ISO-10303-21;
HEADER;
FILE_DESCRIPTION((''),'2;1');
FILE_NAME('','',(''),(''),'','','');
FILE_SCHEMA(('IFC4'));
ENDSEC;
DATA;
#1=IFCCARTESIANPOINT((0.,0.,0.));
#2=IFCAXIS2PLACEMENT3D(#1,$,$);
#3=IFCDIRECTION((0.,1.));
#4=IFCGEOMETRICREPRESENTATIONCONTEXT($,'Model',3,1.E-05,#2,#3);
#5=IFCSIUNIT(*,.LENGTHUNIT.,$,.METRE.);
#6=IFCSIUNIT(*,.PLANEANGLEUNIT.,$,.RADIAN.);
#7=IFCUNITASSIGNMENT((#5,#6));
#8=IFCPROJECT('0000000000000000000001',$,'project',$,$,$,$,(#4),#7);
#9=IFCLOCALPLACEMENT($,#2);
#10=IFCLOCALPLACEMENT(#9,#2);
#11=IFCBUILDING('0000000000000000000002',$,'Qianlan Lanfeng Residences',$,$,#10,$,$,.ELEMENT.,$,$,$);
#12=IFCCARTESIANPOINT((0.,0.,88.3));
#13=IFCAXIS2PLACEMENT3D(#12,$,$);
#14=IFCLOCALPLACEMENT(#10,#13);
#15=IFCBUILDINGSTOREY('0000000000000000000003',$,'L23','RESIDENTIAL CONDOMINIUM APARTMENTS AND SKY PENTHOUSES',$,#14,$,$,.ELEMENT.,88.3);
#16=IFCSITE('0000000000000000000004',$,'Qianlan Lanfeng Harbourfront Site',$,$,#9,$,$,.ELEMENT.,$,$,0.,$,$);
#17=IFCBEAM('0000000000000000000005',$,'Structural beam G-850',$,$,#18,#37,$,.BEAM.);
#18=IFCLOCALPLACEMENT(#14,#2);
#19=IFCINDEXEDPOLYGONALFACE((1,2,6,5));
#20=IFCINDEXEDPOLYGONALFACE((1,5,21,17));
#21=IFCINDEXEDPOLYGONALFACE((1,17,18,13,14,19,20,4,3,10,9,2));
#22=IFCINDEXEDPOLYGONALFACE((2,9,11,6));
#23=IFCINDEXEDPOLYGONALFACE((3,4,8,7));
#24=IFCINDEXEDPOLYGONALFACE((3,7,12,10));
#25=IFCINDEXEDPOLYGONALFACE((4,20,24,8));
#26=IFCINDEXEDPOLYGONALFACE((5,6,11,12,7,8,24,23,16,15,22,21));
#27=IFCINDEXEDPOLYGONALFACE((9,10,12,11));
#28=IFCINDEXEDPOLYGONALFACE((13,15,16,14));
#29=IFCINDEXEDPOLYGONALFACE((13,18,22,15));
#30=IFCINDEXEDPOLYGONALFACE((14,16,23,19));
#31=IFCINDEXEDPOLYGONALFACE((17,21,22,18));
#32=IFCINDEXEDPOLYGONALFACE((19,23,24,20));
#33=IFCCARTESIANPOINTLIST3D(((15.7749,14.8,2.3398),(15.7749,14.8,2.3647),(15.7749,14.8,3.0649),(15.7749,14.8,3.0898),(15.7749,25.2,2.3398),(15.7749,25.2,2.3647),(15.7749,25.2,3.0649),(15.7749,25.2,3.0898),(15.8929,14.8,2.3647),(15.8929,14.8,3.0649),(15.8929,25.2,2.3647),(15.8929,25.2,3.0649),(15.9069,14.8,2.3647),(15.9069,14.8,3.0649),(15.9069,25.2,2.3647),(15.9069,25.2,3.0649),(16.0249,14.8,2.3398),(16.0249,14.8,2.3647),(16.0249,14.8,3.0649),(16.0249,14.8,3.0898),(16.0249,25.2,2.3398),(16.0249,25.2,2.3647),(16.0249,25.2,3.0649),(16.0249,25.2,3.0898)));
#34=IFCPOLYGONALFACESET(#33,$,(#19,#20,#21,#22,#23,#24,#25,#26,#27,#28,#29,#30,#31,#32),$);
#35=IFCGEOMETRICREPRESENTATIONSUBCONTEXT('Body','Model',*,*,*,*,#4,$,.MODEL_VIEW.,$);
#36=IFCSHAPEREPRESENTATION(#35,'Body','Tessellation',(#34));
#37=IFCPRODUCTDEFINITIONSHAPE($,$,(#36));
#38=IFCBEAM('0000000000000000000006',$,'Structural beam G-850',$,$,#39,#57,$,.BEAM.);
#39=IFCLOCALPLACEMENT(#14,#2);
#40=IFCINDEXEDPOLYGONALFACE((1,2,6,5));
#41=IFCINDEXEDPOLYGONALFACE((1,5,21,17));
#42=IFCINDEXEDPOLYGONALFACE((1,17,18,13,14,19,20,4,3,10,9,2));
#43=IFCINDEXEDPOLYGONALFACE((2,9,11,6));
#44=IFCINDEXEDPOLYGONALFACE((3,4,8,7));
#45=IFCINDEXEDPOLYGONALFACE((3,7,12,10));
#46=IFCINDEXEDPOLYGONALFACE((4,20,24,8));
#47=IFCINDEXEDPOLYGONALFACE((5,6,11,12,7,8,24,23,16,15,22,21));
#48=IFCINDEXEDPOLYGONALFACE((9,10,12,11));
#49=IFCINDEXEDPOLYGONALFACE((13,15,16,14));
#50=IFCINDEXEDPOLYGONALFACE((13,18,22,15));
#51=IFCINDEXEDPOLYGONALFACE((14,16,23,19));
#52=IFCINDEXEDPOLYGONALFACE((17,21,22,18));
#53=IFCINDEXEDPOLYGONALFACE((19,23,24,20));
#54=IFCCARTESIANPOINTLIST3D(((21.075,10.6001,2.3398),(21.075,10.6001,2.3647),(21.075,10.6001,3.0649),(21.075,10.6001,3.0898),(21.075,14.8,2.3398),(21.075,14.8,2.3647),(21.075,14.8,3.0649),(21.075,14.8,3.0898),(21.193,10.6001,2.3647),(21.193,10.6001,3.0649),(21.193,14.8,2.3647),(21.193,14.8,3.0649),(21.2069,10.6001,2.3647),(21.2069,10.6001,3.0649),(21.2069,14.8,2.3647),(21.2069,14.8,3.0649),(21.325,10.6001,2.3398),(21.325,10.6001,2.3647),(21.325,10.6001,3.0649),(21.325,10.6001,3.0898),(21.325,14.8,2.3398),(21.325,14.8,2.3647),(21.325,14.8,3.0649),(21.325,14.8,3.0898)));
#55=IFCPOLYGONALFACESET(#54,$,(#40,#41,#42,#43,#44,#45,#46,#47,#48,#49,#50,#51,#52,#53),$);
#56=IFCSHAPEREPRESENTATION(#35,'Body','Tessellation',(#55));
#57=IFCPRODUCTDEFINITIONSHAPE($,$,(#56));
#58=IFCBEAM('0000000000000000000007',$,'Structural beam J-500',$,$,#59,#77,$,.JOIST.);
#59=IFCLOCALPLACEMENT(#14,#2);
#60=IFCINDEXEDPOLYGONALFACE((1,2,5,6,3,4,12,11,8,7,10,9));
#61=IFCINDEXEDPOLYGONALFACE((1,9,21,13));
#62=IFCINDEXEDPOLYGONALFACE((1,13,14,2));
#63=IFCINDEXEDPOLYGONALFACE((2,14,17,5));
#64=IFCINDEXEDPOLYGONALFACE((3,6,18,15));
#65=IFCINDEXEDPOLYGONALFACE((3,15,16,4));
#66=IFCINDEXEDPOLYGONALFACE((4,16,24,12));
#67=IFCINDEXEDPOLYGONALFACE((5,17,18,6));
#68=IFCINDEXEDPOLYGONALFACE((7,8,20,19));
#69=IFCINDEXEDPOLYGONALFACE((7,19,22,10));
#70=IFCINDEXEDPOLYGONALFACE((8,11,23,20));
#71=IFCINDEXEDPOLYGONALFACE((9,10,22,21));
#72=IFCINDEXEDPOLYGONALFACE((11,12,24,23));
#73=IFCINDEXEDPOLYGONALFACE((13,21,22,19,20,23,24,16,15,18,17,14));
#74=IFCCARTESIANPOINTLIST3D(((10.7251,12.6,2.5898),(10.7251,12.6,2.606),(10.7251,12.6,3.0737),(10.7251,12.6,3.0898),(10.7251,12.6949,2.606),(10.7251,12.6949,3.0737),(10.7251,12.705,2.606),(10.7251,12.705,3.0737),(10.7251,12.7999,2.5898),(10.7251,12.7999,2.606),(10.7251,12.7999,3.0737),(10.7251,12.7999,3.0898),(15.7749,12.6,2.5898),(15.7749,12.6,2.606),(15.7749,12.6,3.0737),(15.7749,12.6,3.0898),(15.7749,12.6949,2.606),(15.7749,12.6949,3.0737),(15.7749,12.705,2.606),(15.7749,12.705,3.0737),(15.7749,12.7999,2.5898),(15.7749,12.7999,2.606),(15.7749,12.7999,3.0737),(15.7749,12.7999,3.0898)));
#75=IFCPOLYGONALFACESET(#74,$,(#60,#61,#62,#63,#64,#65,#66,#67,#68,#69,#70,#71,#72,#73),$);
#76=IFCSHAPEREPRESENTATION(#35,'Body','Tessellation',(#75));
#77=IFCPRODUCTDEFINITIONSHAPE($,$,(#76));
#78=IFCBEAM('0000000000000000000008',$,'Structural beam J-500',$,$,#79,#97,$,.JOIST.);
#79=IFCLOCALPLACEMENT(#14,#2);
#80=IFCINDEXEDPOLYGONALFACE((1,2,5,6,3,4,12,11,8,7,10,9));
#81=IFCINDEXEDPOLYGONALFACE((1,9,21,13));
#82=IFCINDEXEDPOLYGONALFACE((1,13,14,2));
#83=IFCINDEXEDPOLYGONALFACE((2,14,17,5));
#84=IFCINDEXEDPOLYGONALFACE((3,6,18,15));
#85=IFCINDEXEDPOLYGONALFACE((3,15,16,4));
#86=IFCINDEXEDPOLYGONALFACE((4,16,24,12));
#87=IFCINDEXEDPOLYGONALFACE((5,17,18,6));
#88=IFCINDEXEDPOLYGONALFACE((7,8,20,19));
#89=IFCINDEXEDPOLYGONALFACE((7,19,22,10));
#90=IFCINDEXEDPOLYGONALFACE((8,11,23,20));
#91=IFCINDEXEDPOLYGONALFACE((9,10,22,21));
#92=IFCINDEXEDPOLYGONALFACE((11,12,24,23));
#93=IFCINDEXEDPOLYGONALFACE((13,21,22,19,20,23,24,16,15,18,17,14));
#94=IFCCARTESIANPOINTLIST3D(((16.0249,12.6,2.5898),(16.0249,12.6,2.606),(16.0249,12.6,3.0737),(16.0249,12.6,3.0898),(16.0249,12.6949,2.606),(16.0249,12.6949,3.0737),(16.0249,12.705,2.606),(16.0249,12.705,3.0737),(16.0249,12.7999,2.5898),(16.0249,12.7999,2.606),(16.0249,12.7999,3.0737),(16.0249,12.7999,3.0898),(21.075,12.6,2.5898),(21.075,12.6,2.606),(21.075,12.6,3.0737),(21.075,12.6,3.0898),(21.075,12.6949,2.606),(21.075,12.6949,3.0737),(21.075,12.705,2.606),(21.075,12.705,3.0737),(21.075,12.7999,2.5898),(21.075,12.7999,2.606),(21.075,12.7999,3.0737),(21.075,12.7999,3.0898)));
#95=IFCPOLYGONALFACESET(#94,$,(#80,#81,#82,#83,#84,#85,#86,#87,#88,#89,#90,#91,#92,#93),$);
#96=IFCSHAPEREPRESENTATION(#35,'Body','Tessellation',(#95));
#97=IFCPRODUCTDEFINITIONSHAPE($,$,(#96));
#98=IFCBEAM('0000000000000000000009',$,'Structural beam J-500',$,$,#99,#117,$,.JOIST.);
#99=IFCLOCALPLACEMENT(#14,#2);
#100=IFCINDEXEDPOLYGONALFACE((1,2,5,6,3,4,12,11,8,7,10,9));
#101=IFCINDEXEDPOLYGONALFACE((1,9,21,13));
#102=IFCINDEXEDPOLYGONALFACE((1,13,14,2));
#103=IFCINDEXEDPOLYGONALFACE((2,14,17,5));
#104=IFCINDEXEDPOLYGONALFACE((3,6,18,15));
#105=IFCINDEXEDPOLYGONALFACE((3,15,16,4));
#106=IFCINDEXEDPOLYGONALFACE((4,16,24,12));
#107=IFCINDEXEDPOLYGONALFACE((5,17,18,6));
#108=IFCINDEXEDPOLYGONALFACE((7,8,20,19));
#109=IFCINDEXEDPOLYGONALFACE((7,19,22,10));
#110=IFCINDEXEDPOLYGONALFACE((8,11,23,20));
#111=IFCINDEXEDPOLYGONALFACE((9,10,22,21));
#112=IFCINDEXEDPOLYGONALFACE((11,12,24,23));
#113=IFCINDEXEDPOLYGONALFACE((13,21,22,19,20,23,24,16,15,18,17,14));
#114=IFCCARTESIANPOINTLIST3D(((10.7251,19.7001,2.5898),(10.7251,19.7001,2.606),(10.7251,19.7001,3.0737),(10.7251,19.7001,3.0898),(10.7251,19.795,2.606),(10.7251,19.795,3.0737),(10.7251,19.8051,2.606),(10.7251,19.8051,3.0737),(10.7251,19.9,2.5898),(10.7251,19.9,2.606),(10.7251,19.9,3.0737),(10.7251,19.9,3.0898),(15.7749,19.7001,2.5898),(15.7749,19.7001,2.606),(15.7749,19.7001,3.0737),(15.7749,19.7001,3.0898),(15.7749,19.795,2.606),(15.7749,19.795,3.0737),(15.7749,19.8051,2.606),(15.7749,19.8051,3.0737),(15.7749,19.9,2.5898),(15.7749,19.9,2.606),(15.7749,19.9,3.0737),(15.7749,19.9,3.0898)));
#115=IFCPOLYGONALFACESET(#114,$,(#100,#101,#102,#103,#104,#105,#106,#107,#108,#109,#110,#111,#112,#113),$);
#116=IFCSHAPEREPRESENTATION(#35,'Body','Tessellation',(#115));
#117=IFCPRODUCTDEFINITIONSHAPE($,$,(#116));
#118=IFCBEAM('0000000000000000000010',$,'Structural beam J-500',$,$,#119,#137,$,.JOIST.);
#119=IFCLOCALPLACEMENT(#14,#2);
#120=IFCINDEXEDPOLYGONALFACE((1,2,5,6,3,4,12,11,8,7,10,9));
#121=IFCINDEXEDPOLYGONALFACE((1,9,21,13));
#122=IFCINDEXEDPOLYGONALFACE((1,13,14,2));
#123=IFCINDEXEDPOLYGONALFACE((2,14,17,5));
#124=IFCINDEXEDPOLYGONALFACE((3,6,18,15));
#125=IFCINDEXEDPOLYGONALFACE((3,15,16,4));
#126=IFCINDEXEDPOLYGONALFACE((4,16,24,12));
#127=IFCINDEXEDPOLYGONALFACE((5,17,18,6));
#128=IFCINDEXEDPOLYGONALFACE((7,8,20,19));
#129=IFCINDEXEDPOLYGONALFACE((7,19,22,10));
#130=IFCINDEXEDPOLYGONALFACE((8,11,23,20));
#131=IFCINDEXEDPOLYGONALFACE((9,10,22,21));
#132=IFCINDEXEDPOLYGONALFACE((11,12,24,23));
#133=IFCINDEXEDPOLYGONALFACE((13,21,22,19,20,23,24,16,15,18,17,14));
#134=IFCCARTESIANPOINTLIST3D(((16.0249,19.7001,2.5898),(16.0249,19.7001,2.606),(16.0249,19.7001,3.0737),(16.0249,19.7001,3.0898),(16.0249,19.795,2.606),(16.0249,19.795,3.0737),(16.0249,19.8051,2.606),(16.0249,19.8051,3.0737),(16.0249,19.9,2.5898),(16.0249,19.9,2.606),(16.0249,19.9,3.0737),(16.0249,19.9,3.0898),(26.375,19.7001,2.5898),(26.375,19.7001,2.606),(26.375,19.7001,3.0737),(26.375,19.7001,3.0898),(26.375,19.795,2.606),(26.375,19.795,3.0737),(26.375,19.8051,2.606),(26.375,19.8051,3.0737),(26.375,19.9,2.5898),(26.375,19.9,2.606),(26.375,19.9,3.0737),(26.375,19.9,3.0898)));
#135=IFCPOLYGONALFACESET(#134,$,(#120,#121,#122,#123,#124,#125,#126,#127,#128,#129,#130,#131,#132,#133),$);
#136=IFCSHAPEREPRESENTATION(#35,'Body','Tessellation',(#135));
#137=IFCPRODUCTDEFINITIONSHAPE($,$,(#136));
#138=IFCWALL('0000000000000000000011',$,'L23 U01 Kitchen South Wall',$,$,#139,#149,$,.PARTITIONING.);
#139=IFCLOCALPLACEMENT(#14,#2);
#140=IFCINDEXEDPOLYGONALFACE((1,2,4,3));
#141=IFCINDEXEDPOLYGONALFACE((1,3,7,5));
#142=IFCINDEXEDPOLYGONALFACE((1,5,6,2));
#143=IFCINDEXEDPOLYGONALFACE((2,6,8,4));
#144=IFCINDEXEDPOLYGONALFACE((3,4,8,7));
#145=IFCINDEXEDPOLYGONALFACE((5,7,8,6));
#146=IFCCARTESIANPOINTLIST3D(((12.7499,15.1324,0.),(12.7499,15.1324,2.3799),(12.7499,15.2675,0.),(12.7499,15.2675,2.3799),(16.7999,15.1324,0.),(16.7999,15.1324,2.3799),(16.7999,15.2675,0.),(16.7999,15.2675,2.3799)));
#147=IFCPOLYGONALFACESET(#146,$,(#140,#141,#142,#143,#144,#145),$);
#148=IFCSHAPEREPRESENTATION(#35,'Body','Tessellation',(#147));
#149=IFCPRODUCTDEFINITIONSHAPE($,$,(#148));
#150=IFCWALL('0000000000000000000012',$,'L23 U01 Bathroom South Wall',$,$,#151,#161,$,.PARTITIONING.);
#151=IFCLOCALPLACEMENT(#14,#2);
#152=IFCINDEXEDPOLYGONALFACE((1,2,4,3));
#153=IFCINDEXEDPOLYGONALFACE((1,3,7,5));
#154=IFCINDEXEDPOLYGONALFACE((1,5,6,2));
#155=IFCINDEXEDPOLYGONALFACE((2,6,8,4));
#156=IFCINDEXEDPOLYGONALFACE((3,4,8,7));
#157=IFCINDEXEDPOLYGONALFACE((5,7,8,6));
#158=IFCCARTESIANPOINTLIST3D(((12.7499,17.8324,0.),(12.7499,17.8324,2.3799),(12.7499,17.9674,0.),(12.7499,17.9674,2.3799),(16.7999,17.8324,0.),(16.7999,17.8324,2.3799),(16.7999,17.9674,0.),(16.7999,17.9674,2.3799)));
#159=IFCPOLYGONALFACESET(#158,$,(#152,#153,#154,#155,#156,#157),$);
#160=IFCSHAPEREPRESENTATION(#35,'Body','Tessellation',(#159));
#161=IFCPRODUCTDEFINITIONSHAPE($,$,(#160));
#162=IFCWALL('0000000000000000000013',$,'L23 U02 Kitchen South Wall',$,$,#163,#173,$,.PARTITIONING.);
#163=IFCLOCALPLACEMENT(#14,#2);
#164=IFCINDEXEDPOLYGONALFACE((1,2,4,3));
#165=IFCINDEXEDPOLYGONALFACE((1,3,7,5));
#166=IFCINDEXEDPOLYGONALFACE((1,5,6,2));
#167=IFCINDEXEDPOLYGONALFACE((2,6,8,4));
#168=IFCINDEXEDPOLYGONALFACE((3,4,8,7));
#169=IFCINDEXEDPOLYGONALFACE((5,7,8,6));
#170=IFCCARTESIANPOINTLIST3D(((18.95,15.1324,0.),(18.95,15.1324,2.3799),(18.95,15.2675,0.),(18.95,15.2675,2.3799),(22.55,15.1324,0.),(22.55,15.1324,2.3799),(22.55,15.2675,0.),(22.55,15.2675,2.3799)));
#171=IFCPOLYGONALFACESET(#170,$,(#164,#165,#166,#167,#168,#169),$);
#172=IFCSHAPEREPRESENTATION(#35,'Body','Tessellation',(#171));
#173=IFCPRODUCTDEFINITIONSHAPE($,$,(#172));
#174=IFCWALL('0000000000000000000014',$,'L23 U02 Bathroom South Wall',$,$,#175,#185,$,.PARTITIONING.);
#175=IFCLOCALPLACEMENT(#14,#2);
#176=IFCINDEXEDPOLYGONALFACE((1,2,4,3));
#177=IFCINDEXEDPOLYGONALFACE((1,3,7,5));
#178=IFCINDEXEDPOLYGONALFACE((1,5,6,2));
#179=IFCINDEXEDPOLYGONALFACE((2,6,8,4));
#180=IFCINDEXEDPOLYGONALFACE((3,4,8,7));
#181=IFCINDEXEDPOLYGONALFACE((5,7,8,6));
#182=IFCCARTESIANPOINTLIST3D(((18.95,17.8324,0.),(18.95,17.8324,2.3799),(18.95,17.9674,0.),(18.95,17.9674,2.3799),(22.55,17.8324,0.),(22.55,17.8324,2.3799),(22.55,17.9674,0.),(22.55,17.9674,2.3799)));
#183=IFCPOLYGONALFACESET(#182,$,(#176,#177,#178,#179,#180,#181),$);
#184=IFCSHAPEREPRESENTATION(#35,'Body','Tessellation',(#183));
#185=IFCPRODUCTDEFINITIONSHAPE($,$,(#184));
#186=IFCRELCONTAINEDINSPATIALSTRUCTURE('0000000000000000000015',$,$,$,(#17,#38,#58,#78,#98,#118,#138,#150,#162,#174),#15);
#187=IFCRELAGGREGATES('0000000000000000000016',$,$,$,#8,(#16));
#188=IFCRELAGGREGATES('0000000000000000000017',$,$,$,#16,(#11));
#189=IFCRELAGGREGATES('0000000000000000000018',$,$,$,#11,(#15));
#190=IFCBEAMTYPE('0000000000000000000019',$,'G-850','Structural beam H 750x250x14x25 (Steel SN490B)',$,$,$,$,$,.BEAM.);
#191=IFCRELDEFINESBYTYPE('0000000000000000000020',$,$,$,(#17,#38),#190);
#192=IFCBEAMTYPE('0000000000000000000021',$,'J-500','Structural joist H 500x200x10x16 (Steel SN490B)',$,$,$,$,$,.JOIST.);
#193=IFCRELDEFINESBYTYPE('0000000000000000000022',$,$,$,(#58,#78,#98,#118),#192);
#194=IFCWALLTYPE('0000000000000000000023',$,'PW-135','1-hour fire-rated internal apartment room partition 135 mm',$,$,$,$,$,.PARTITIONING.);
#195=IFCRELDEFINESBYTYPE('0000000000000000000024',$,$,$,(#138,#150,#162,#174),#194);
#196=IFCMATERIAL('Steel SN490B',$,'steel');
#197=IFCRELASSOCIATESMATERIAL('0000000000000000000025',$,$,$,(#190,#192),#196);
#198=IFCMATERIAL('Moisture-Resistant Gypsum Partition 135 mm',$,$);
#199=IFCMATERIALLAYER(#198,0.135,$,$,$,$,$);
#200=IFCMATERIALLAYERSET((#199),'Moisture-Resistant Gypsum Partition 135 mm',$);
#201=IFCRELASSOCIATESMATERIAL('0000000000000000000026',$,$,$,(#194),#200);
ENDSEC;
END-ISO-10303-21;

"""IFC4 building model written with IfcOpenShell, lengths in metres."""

from ifc_helpers import new_model, si_unit, direction, frame, frame_2d, origin, origin_2d, place, context, subcontext, project, spatial, rectangle, i_section, extrude, material, layer, layer_set, material_profile, profile_set, type_object, element, save


model = new_model("IFC4")

# Units and contexts
model_context = context("Model", 3, precision=1e-05, world=origin(), true_north=direction((0.0, 1.0)))
body_context = subcontext(model_context, "Body", "Model", "MODEL_VIEW")
ifc_project = project(units=[si_unit("LENGTHUNIT", "METRE"), si_unit("PLANEANGLEUNIT", "RADIAN")], contexts=[model_context])

# Site, building, storey
site_placement = place(None, origin())
site = spatial("IfcSite", under=ifc_project, at=site_placement, Name="Qianlan Lanfeng Harbourfront Site", CompositionType="ELEMENT", RefElevation=0.0)
building_placement = place(site_placement, origin())
building = spatial("IfcBuilding", under=site, at=building_placement, Name="Qianlan Lanfeng Residences", CompositionType="ELEMENT")
storey_placement = place(building_placement, frame((0.0, 0.0, 88.3)))
storey = spatial("IfcBuildingStorey", under=building, at=storey_placement, Name="L23", Description="RESIDENTIAL CONDOMINIUM APARTMENTS AND SKY PENTHOUSES", CompositionType="ELEMENT", Elevation=88.3)

# Shared definitions
ifc_material_1 = material(Name="Steel SN490B", Category="steel")

# Beams
ifc_material_profile_1 = material_profile(ifc_material_1, i_section(OverallWidth=0.25, OverallDepth=0.75, WebThickness=0.0139, FlangeThickness=0.0249, at=origin_2d()), Name="H 750x250x14x25")
ifc_profile_set_1 = profile_set([ifc_material_profile_1], Name="Steel SN490B")
beam_type_1 = type_object("IfcBeamType", Name="G-850", Description="Structural beam H 750x250x14x25 (Steel SN490B)", PredefinedType="BEAM", material=ifc_profile_set_1)
beam_1_placement = place(storey_placement, frame((15.8999, 14.8, 2.7148), z_axis=(0.0, 1.0, 0.0), x_axis=(-1.0, 0.0, 0.0)))
element("IfcBeam", 1, at=beam_1_placement, inside=storey, type_object=beam_type_1, Name="Structural beam G-850", PredefinedType="BEAM", context=body_context, shape_type="SweptSolid", body=[
    extrude(i_section(OverallWidth=0.25, OverallDepth=0.75, WebThickness=0.0139, FlangeThickness=0.0249, at=origin_2d()), origin(), (0.0, 0.0, 1.0), 10.3999),
])
beam_2_placement = place(storey_placement, frame((21.2, 10.6001, 2.7148), z_axis=(0.0, 1.0, 0.0), x_axis=(-1.0, 0.0, 0.0)))
element("IfcBeam", 2, at=beam_2_placement, inside=storey, type_object=beam_type_1, Name="Structural beam G-850", PredefinedType="BEAM", context=body_context, shape_type="SweptSolid", body=[
    extrude(i_section(OverallWidth=0.25, OverallDepth=0.75, WebThickness=0.0139, FlangeThickness=0.0249, at=origin_2d()), origin(), (0.0, 0.0, 1.0), 4.2),
])
ifc_material_profile_2 = material_profile(ifc_material_1, i_section(OverallWidth=0.2, OverallDepth=0.5, WebThickness=0.01, FlangeThickness=0.0161, at=origin_2d()), Name="H 500x200x10x16")
ifc_profile_set_2 = profile_set([ifc_material_profile_2], Name="Steel SN490B")
beam_type_2 = type_object("IfcBeamType", Name="J-500", Description="Structural joist H 500x200x10x16 (Steel SN490B)", PredefinedType="JOIST", material=ifc_profile_set_2)
beam_3_placement = place(storey_placement, frame((10.7251, 12.7, 2.8398), z_axis=(1.0, 0.0, 0.0), x_axis=(0.0, 1.0, 0.0)))
element("IfcBeam", 3, at=beam_3_placement, inside=storey, type_object=beam_type_2, Name="Structural beam J-500", PredefinedType="JOIST", context=body_context, shape_type="SweptSolid", body=[
    extrude(i_section(OverallWidth=0.2, OverallDepth=0.5, WebThickness=0.01, FlangeThickness=0.0161, at=origin_2d()), origin(), (0.0, 0.0, 1.0), 5.0498),
])
beam_4_placement = place(storey_placement, frame((16.0249, 12.7, 2.8398), z_axis=(1.0, 0.0, 0.0), x_axis=(0.0, 1.0, 0.0)))
element("IfcBeam", 4, at=beam_4_placement, inside=storey, type_object=beam_type_2, Name="Structural beam J-500", PredefinedType="JOIST", context=body_context, shape_type="SweptSolid", body=[
    extrude(i_section(OverallWidth=0.2, OverallDepth=0.5, WebThickness=0.01, FlangeThickness=0.0161, at=origin_2d()), origin(), (0.0, 0.0, 1.0), 5.05),
])
beam_5_placement = place(storey_placement, frame((10.7251, 19.8, 2.8398), z_axis=(1.0, 0.0, 0.0), x_axis=(0.0, 1.0, 0.0)))
element("IfcBeam", 5, at=beam_5_placement, inside=storey, type_object=beam_type_2, Name="Structural beam J-500", PredefinedType="JOIST", context=body_context, shape_type="SweptSolid", body=[
    extrude(i_section(OverallWidth=0.2, OverallDepth=0.5, WebThickness=0.01, FlangeThickness=0.0161, at=origin_2d()), origin(), (0.0, 0.0, 1.0), 5.0498),
])
beam_6_placement = place(storey_placement, frame((16.0249, 19.8, 2.8398), z_axis=(1.0, 0.0, 0.0), x_axis=(0.0, 1.0, 0.0)))
element("IfcBeam", 6, at=beam_6_placement, inside=storey, type_object=beam_type_2, Name="Structural beam J-500", PredefinedType="JOIST", context=body_context, shape_type="SweptSolid", body=[
    extrude(i_section(OverallWidth=0.2, OverallDepth=0.5, WebThickness=0.01, FlangeThickness=0.0161, at=origin_2d()), origin(), (0.0, 0.0, 1.0), 10.3501),
])

# Shared definitions
ifc_material_2 = material(Name="Moisture-Resistant Gypsum Partition 135 mm")
ifc_layer = layer(ifc_material_2, 0.135)
ifc_layer_set = layer_set([ifc_layer], Name="Moisture-Resistant Gypsum Partition 135 mm")
wall_type = type_object("IfcWallType", Name="PW-135", Description="1-hour fire-rated internal apartment room partition 135 mm", PredefinedType="PARTITIONING", material=ifc_layer_set)

# Walls
for number, where, z_axis, x_axis, name in (
    (7, (12.75, 15.2, 0.0), (0.0, 0.0, 1.0), (1.0, 0.0, 0.0), "L23 U01 Kitchen South Wall"),
    (8, (12.75, 17.8999, 0.0), (0.0, 0.0, 1.0), (1.0, 0.0, 0.0), "L23 U01 Bathroom South Wall"),
):
    element("IfcWall", number, at=place(storey_placement, frame(where, z_axis=z_axis, x_axis=x_axis)), inside=storey, type_object=wall_type, Name=name, PredefinedType="PARTITIONING", context=body_context, shape_type="SweptSolid", body=[
        extrude(rectangle(XDim=4.05, YDim=0.135, at=frame_2d((2.0249, 0.0))), origin(), (0.0, 0.0, 1.0), 2.3799),
    ])
for number, where, z_axis, x_axis, name in (
    (9, (18.95, 15.2, 0.0), (0.0, 0.0, 1.0), (1.0, 0.0, 0.0), "L23 U02 Kitchen South Wall"),
    (10, (18.95, 17.8999, 0.0), (0.0, 0.0, 1.0), (1.0, 0.0, 0.0), "L23 U02 Bathroom South Wall"),
):
    element("IfcWall", number, at=place(storey_placement, frame(where, z_axis=z_axis, x_axis=x_axis)), inside=storey, type_object=wall_type, Name=name, PredefinedType="PARTITIONING", context=body_context, shape_type="SweptSolid", body=[
        extrude(rectangle(XDim=3.6001, YDim=0.135, at=frame_2d((1.8, 0.0))), origin(), (0.0, 0.0, 1.0), 2.3799),
    ])

save(model, "model.ifc")
